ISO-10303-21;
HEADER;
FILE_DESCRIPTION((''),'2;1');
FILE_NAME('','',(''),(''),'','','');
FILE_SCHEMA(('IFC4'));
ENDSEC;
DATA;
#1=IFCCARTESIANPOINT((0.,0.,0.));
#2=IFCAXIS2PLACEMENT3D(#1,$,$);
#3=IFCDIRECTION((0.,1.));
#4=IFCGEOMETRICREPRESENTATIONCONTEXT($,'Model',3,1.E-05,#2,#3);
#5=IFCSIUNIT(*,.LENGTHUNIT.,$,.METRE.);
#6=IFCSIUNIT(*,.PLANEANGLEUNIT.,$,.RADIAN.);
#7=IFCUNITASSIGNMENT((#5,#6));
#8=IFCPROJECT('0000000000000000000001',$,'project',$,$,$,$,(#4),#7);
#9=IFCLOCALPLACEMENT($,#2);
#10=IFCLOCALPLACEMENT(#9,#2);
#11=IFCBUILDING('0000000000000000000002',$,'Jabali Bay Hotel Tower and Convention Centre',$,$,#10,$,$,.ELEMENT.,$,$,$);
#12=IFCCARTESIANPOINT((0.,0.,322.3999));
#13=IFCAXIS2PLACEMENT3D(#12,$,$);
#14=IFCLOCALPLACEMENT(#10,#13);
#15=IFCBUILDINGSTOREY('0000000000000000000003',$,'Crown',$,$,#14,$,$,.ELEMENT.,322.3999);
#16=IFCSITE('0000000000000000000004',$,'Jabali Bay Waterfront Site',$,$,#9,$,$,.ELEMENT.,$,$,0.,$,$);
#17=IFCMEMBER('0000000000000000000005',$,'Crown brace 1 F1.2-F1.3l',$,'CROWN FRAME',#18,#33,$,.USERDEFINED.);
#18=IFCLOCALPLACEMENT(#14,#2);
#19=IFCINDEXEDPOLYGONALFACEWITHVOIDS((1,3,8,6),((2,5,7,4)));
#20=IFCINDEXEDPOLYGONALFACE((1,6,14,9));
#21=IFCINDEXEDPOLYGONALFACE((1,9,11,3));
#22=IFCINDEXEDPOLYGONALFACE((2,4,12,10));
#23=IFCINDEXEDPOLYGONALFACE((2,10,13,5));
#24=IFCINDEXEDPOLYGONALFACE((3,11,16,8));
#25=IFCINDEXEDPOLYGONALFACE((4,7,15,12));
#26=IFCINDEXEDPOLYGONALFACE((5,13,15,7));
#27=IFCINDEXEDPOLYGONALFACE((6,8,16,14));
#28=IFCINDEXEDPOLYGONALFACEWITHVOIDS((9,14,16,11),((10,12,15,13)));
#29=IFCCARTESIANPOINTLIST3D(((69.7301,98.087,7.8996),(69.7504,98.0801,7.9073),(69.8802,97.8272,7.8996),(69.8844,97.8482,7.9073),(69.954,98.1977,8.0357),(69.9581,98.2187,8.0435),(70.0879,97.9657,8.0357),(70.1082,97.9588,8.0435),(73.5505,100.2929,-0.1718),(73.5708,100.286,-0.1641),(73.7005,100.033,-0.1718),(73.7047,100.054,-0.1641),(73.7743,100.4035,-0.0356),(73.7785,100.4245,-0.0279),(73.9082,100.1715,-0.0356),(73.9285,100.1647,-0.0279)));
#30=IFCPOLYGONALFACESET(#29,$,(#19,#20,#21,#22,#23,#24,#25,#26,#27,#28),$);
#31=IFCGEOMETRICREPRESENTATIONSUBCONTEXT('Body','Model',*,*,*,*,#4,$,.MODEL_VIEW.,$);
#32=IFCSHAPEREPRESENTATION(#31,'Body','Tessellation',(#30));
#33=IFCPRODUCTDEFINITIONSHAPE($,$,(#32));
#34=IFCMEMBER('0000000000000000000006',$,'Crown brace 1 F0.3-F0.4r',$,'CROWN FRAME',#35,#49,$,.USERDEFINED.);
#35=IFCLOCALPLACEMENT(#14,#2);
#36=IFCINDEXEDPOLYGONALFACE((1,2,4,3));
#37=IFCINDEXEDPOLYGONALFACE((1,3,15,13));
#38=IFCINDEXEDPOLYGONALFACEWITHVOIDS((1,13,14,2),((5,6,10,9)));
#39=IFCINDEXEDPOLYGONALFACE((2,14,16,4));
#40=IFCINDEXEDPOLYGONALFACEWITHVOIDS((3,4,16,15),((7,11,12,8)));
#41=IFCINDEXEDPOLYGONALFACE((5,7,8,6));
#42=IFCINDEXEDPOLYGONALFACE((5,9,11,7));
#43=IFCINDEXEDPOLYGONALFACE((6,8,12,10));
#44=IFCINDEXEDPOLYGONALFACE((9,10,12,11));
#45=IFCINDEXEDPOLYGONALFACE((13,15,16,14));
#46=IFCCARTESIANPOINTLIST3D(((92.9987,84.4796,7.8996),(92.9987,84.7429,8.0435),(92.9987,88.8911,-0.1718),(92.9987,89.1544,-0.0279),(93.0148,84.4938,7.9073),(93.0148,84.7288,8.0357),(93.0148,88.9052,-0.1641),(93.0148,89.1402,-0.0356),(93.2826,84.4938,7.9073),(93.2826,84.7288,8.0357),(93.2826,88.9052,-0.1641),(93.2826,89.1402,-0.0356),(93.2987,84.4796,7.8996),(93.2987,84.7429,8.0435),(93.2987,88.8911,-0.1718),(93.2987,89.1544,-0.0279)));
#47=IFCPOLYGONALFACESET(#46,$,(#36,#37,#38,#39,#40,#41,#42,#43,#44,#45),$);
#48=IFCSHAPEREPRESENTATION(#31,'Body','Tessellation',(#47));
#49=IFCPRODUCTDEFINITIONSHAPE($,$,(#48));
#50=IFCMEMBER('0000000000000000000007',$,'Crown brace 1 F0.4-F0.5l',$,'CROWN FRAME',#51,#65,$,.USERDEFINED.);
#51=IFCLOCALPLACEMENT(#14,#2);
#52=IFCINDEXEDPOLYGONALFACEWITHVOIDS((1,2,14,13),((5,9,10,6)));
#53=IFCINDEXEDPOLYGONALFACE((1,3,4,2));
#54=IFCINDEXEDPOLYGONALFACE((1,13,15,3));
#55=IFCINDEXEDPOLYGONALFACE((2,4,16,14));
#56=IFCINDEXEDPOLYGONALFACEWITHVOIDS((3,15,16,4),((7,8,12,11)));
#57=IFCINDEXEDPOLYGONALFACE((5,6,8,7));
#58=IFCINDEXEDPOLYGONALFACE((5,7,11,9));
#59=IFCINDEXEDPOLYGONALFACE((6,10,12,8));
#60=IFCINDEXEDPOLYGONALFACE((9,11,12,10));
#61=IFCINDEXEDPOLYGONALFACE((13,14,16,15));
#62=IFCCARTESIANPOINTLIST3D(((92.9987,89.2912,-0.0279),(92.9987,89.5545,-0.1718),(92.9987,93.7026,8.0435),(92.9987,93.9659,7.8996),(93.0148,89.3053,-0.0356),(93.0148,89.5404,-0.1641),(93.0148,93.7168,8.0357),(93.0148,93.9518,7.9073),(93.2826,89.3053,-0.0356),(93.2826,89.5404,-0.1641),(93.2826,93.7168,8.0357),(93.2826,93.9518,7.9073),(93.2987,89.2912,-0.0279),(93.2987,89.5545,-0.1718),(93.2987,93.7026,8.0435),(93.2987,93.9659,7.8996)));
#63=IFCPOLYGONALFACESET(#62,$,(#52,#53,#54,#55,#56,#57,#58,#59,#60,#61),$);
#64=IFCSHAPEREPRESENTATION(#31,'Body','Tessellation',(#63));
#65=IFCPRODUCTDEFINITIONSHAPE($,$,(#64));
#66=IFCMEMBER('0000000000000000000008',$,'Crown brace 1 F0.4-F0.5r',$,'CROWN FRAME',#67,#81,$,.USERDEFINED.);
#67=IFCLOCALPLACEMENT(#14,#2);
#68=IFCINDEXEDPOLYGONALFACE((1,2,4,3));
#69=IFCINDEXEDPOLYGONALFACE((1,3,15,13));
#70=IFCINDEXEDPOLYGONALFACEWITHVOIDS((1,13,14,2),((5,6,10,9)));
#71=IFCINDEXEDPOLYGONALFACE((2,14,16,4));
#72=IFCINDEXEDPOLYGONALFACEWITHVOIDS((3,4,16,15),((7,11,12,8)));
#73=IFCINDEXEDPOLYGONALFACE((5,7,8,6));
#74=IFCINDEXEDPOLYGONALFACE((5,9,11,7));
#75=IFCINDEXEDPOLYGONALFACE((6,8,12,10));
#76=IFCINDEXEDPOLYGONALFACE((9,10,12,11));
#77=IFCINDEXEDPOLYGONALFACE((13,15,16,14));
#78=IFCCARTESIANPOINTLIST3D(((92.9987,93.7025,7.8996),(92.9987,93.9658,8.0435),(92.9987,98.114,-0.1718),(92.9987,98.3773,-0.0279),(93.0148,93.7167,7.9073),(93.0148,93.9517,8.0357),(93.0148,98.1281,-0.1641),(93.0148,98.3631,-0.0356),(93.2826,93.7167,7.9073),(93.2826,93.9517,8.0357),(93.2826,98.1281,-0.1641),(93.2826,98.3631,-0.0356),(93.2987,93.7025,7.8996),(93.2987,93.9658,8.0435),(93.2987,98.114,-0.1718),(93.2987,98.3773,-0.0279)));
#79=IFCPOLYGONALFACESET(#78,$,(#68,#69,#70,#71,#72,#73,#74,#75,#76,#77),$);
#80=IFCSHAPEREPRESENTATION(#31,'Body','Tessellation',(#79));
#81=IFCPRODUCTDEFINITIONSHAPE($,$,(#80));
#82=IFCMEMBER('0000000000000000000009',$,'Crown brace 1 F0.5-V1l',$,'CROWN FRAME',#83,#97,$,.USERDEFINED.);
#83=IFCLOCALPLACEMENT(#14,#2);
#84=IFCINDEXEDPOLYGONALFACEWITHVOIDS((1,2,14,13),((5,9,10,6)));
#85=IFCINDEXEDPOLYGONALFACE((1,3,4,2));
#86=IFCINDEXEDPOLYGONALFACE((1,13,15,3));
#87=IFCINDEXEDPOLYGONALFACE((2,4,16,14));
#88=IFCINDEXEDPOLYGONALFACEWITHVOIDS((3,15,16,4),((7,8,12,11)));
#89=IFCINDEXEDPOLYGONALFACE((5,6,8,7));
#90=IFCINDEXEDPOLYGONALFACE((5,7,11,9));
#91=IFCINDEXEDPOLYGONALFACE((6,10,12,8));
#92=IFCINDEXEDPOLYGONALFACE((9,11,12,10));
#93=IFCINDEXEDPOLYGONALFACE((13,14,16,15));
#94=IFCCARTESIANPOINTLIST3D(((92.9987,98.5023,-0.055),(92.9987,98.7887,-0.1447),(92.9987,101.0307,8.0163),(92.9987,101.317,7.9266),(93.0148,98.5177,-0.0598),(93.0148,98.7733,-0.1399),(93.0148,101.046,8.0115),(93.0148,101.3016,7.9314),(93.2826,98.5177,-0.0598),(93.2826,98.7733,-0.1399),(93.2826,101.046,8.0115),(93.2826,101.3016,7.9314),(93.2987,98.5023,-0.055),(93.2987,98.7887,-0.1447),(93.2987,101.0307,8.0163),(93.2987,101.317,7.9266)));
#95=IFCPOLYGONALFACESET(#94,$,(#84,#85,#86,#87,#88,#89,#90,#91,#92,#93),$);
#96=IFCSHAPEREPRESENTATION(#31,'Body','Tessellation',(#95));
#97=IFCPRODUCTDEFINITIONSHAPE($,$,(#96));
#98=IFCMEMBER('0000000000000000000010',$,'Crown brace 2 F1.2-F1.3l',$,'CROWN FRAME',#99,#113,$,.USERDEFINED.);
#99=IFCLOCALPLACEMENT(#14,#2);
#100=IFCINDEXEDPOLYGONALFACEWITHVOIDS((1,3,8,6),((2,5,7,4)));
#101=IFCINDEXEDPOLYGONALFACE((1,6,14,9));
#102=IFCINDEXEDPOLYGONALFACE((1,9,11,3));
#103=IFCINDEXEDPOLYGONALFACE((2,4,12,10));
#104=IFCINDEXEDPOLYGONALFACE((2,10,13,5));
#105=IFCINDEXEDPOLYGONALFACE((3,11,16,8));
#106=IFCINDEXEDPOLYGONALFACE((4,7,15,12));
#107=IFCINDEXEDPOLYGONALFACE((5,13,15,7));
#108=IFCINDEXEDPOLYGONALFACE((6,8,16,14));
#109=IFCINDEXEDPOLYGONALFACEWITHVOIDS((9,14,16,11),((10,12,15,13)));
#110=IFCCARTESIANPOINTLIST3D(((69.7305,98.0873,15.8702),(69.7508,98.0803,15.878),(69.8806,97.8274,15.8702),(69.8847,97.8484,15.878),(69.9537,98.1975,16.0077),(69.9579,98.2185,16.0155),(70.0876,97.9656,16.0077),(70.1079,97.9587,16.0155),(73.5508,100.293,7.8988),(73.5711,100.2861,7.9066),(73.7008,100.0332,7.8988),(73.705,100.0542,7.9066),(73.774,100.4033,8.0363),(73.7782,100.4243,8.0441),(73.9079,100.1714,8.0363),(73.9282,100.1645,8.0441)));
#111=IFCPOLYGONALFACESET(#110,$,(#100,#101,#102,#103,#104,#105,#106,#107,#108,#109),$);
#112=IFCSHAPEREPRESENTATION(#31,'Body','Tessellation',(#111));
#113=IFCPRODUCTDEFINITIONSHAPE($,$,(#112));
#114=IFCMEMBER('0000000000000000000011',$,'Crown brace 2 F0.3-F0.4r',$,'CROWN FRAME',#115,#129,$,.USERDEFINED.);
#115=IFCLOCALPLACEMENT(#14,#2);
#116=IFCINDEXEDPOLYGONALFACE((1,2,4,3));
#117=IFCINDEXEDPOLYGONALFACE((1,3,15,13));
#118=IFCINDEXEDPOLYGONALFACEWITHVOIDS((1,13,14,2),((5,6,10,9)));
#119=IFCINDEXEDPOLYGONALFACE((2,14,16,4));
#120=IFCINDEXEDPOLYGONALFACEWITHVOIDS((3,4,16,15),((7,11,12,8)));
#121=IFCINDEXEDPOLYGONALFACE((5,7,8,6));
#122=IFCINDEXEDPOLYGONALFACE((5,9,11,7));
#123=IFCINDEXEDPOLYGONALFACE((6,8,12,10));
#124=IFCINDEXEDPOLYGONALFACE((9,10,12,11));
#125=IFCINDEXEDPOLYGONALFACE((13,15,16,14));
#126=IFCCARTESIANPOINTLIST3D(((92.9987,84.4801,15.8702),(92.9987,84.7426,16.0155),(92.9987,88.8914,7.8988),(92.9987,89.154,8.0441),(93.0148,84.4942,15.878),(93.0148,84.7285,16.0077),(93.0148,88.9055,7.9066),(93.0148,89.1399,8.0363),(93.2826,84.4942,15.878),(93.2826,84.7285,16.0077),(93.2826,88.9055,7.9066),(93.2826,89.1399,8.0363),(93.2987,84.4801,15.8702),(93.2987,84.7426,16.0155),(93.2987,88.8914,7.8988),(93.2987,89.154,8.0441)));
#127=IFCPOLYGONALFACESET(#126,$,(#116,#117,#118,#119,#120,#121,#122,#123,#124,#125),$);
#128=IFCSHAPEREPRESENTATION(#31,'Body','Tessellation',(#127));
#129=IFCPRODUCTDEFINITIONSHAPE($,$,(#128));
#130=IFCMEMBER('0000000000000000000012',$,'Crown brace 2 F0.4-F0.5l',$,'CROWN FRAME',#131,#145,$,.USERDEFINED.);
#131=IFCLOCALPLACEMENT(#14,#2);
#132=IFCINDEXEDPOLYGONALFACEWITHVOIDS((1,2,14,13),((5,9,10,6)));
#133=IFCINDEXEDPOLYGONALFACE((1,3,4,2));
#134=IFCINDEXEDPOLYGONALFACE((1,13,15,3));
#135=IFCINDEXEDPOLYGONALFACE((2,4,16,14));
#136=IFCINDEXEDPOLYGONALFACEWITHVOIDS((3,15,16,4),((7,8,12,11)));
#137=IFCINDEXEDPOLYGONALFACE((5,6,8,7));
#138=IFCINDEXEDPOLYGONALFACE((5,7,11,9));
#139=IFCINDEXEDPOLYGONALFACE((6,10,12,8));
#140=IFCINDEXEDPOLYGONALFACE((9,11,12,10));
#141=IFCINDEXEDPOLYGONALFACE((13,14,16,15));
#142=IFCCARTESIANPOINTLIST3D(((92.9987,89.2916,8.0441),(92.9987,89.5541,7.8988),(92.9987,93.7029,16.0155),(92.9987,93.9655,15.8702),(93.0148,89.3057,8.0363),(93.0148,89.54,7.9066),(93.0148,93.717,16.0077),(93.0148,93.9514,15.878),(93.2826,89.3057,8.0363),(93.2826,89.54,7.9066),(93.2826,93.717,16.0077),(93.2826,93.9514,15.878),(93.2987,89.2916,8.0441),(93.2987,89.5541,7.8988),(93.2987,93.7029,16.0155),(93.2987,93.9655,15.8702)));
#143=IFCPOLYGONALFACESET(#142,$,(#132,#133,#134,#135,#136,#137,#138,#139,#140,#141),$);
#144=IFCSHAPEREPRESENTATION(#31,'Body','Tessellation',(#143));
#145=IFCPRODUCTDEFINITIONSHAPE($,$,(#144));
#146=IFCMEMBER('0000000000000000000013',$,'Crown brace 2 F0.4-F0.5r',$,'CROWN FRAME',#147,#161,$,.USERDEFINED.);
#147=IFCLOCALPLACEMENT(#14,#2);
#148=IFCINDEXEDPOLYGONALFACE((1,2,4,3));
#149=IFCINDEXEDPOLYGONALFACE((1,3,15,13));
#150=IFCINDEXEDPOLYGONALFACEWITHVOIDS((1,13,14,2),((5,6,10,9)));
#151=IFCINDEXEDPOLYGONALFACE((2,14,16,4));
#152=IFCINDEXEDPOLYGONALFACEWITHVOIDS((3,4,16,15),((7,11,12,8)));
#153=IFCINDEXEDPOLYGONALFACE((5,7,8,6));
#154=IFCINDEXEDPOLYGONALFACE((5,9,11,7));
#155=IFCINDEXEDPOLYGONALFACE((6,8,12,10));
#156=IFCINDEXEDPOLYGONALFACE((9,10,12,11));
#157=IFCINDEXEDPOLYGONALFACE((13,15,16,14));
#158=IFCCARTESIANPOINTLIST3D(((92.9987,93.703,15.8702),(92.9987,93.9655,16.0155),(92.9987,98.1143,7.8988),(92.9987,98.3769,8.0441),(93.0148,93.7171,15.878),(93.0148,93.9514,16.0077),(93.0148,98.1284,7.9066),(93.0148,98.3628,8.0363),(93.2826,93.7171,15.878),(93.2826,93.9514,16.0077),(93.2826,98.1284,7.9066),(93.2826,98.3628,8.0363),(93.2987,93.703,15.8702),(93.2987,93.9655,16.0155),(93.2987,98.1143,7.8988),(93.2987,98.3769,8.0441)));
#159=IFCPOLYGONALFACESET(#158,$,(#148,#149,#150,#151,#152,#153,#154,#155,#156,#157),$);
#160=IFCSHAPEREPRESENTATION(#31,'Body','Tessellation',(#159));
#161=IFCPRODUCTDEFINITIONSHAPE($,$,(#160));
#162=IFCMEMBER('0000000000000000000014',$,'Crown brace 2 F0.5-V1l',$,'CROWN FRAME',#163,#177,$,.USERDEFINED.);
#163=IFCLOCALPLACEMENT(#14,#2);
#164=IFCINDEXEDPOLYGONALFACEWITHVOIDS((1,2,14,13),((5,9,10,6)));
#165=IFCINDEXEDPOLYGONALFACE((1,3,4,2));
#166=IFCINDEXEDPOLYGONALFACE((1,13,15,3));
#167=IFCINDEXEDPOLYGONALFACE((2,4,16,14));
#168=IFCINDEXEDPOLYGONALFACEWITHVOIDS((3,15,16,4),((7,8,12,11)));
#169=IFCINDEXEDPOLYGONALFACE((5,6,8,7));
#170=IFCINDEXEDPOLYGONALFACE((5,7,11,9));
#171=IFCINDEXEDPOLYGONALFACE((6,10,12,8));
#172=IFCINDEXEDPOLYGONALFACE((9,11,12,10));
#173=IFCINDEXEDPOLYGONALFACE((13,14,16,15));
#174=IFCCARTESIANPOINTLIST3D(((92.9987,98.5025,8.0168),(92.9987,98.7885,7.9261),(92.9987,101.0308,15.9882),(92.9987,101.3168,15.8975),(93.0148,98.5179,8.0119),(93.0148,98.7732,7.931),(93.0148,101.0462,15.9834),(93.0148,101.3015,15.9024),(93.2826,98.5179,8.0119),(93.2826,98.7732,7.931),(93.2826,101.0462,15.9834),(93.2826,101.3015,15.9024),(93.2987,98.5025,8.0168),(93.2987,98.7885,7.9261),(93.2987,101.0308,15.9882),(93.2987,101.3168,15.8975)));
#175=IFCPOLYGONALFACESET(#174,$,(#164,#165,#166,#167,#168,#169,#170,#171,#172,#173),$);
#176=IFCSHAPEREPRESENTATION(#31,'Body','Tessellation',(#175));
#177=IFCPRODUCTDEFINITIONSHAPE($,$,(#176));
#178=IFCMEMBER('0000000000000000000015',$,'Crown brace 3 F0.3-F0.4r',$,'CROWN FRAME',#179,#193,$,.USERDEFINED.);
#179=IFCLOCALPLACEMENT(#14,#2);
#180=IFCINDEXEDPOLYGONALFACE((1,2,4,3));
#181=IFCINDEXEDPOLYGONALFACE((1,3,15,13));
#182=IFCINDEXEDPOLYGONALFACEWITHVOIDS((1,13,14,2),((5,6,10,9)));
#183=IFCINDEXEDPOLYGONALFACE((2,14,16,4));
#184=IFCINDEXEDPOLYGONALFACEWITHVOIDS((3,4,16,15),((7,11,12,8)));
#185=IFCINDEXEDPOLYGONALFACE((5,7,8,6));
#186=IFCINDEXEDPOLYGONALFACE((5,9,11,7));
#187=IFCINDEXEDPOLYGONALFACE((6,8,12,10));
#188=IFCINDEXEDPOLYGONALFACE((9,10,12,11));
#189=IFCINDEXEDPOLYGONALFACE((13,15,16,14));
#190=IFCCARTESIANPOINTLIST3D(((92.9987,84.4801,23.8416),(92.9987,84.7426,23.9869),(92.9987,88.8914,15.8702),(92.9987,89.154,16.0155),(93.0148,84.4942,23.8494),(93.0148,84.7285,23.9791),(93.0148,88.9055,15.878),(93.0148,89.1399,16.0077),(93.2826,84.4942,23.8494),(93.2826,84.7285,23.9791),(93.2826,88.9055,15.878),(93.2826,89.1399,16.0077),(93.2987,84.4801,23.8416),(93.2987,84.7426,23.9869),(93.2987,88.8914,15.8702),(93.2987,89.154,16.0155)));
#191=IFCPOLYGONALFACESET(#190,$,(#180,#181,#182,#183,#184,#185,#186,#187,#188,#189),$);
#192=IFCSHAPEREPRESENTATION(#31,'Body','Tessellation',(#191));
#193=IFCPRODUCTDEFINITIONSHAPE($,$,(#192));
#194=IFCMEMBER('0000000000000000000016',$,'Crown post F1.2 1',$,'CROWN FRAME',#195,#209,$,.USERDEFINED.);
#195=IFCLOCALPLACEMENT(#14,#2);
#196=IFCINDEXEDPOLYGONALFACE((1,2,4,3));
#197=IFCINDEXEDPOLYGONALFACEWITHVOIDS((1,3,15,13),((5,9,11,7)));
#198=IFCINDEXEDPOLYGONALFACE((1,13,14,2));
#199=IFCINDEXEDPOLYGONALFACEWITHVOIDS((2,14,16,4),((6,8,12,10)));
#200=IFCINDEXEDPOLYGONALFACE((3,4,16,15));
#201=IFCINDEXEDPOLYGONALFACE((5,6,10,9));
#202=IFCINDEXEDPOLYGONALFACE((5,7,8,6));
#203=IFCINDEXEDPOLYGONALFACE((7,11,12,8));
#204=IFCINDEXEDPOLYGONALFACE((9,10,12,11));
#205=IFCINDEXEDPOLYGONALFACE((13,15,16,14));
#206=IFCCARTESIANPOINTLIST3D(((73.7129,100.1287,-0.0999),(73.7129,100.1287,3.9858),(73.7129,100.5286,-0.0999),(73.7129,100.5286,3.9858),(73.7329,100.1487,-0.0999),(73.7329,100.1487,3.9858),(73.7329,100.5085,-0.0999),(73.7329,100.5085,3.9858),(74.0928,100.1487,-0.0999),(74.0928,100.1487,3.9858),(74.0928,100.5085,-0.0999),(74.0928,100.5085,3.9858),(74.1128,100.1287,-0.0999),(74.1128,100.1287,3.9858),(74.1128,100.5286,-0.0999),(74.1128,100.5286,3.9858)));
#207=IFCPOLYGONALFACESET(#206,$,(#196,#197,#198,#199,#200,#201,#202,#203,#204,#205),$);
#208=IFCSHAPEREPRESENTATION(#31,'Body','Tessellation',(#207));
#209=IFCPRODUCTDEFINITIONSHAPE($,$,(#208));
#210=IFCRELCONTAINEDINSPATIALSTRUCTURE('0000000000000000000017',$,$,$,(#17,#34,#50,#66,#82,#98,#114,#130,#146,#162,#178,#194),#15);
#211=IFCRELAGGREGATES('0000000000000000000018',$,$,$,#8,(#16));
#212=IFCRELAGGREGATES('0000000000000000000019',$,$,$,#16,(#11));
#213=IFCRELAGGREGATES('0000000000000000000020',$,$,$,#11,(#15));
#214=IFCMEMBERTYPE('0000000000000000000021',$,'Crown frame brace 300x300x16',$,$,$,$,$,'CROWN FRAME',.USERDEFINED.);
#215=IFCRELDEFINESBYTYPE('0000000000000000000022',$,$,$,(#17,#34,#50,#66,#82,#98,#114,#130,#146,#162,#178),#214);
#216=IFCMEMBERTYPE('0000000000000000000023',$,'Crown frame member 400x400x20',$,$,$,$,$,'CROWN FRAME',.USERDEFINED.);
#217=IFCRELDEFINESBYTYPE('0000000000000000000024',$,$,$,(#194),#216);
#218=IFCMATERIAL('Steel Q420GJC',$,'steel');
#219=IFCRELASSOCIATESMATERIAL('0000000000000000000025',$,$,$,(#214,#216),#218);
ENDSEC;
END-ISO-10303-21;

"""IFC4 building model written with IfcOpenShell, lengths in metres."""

from ifc_helpers import new_model, si_unit, direction, frame, origin, origin_2d, place, context, subcontext, project, spatial, hollow_rectangle, extrude, material, material_profile, profile_set, type_object, element, save


model = new_model("IFC4")

# Units and contexts
model_context = context("Model", 3, precision=1e-05, world=origin(), true_north=direction((0.0, 1.0)))
body_context = subcontext(model_context, "Body", "Model", "MODEL_VIEW")
ifc_project = project(units=[si_unit("LENGTHUNIT", "METRE"), si_unit("PLANEANGLEUNIT", "RADIAN")], contexts=[model_context])

# Site, building, storey
site_placement = place(None, origin())
site = spatial("IfcSite", under=ifc_project, at=site_placement, Name="Jabali Bay Waterfront Site", CompositionType="ELEMENT", RefElevation=0.0)
building_placement = place(site_placement, origin())
building = spatial("IfcBuilding", under=site, at=building_placement, Name="Jabali Bay Hotel Tower and Convention Centre", CompositionType="ELEMENT")
storey_placement = place(building_placement, frame((0.0, 0.0, 322.3999)))
storey = spatial("IfcBuildingStorey", under=building, at=storey_placement, Name="Crown", CompositionType="ELEMENT", Elevation=322.3999)

# Members
ifc_material_1 = material(Name="Steel Q420GJC", Category="steel")
ifc_material_profile_1 = material_profile(ifc_material_1, hollow_rectangle(XDim=0.3, YDim=0.3, WallThickness=0.0161, at=origin_2d()), Name="Crown frame brace 300x300x16")
ifc_profile_set_1 = profile_set([ifc_material_profile_1], Name="Steel Q420GJC")
member_type_1 = type_object("IfcMemberType", Name="Crown frame brace 300x300x16", ElementType="CROWN FRAME", PredefinedType="USERDEFINED", material=ifc_profile_set_1)
for number, where, z_axis, x_axis, name in (
    (1, (73.7395, 100.2288, -0.0999), (-0.415335, -0.23981, 0.87749), (0.500026, -0.86601, 0.0), "Crown brace 1 F1.2-F1.3l"),
    (2, (93.1487, 89.0227, -0.0999), (0.0, -0.479594, 0.877491), (1.0, 0.0, 0.0), "Crown brace 1 F0.3-F0.4r"),
    (3, (93.1487, 89.4229, -0.0999), (0.0, 0.479594, 0.877491), (-1.0, 0.0, 0.0), "Crown brace 1 F0.4-F0.5l"),
    (4, (93.1487, 98.2456, -0.0999), (0.0, -0.479594, 0.877491), (1.0, 0.0, 0.0), "Crown brace 1 F0.4-F0.5r"),
):
    element("IfcMember", number, at=place(storey_placement, frame(where, z_axis=z_axis, x_axis=x_axis)), inside=storey, type_object=member_type_1, Name=name, ObjectType="CROWN FRAME", PredefinedType="USERDEFINED", context=body_context, shape_type="SweptSolid", body=[
        extrude(hollow_rectangle(XDim=0.3, YDim=0.3, WallThickness=0.0161, at=origin_2d()), origin(), (0.0, 0.0, 1.0), 9.1982),
    ])
member_1_placement = place(storey_placement, frame((93.1487, 98.6455, -0.0999), z_axis=(0.0, 0.298926, 0.954276), x_axis=(-1.0, 0.0, 0.0)))
element("IfcMember", 5, at=member_1_placement, inside=storey, type_object=member_type_1, Name="Crown brace 1 F0.5-V1l", ObjectType="CROWN FRAME", PredefinedType="USERDEFINED", context=body_context, shape_type="SweptSolid", body=[
    extrude(hollow_rectangle(XDim=0.3, YDim=0.3, WallThickness=0.0161, at=origin_2d()), origin(), (0.0, 0.0, 1.0), 8.458),
])
for number, where, z_axis, x_axis, name in (
    (6, (73.7395, 100.2288, 7.9714), (-0.419323, -0.242113, 0.874957), (0.500026, -0.86601, 0.0), "Crown brace 2 F1.2-F1.3l"),
    (7, (93.1487, 89.0227, 7.9714), (0.0, -0.4842, 0.874957), (1.0, 0.0, 0.0), "Crown brace 2 F0.3-F0.4r"),
    (8, (93.1487, 89.4229, 7.9714), (0.0, 0.4842, 0.874957), (-1.0, 0.0, 0.0), "Crown brace 2 F0.4-F0.5l"),
    (9, (93.1487, 98.2456, 7.9714), (0.0, -0.4842, 0.874957), (1.0, 0.0, 0.0), "Crown brace 2 F0.4-F0.5r"),
):
    element("IfcMember", number, at=place(storey_placement, frame(where, z_axis=z_axis, x_axis=x_axis)), inside=storey, type_object=member_type_1, Name=name, ObjectType="CROWN FRAME", PredefinedType="USERDEFINED", context=body_context, shape_type="SweptSolid", body=[
        extrude(hollow_rectangle(XDim=0.3, YDim=0.3, WallThickness=0.0161, at=origin_2d()), origin(), (0.0, 0.0, 1.0), 9.1106),
    ])
member_2_placement = place(storey_placement, frame((93.1487, 98.6455, 7.9714), z_axis=(0.0, 0.30233, 0.953203), x_axis=(-1.0, 0.0, 0.0)))
element("IfcMember", 10, at=member_2_placement, inside=storey, type_object=member_type_1, Name="Crown brace 2 F0.5-V1l", ObjectType="CROWN FRAME", PredefinedType="USERDEFINED", context=body_context, shape_type="SweptSolid", body=[
    extrude(hollow_rectangle(XDim=0.3, YDim=0.3, WallThickness=0.0161, at=origin_2d()), origin(), (0.0, 0.0, 1.0), 8.3628),
])
member_3_placement = place(storey_placement, frame((93.1487, 89.0227, 15.9429), z_axis=(0.0, -0.4842, 0.874957), x_axis=(1.0, 0.0, 0.0)))
element("IfcMember", 11, at=member_3_placement, inside=storey, type_object=member_type_1, Name="Crown brace 3 F0.3-F0.4r", ObjectType="CROWN FRAME", PredefinedType="USERDEFINED", context=body_context, shape_type="SweptSolid", body=[
    extrude(hollow_rectangle(XDim=0.3, YDim=0.3, WallThickness=0.0161, at=origin_2d()), origin(), (0.0, 0.0, 1.0), 9.1106),
])
ifc_material_profile_2 = material_profile(ifc_material_1, hollow_rectangle(XDim=0.3999, YDim=0.3999, WallThickness=0.02, at=origin_2d()), Name="Crown frame member 400x400x20")
ifc_profile_set_2 = profile_set([ifc_material_profile_2], Name="Steel Q420GJC")
member_type_2 = type_object("IfcMemberType", Name="Crown frame member 400x400x20", ElementType="CROWN FRAME", PredefinedType="USERDEFINED", material=ifc_profile_set_2)
for number, where, z_axis, x_axis, name in (
    (12, (73.9128, 100.3286, -0.0999), (0.0, 0.0, 1.0), (1.0, 0.0, 0.0), "Crown post F1.2 1"),
):
    element("IfcMember", number, at=place(storey_placement, frame(where, z_axis=z_axis, x_axis=x_axis)), inside=storey, type_object=member_type_2, Name=name, ObjectType="CROWN FRAME", PredefinedType="USERDEFINED", context=body_context, shape_type="SweptSolid", body=[
        extrude(hollow_rectangle(XDim=0.3999, YDim=0.3999, WallThickness=0.02, at=origin_2d()), origin(), (0.0, 0.0, 1.0), 4.0857),
    ])

save(model, "model.ifc")
